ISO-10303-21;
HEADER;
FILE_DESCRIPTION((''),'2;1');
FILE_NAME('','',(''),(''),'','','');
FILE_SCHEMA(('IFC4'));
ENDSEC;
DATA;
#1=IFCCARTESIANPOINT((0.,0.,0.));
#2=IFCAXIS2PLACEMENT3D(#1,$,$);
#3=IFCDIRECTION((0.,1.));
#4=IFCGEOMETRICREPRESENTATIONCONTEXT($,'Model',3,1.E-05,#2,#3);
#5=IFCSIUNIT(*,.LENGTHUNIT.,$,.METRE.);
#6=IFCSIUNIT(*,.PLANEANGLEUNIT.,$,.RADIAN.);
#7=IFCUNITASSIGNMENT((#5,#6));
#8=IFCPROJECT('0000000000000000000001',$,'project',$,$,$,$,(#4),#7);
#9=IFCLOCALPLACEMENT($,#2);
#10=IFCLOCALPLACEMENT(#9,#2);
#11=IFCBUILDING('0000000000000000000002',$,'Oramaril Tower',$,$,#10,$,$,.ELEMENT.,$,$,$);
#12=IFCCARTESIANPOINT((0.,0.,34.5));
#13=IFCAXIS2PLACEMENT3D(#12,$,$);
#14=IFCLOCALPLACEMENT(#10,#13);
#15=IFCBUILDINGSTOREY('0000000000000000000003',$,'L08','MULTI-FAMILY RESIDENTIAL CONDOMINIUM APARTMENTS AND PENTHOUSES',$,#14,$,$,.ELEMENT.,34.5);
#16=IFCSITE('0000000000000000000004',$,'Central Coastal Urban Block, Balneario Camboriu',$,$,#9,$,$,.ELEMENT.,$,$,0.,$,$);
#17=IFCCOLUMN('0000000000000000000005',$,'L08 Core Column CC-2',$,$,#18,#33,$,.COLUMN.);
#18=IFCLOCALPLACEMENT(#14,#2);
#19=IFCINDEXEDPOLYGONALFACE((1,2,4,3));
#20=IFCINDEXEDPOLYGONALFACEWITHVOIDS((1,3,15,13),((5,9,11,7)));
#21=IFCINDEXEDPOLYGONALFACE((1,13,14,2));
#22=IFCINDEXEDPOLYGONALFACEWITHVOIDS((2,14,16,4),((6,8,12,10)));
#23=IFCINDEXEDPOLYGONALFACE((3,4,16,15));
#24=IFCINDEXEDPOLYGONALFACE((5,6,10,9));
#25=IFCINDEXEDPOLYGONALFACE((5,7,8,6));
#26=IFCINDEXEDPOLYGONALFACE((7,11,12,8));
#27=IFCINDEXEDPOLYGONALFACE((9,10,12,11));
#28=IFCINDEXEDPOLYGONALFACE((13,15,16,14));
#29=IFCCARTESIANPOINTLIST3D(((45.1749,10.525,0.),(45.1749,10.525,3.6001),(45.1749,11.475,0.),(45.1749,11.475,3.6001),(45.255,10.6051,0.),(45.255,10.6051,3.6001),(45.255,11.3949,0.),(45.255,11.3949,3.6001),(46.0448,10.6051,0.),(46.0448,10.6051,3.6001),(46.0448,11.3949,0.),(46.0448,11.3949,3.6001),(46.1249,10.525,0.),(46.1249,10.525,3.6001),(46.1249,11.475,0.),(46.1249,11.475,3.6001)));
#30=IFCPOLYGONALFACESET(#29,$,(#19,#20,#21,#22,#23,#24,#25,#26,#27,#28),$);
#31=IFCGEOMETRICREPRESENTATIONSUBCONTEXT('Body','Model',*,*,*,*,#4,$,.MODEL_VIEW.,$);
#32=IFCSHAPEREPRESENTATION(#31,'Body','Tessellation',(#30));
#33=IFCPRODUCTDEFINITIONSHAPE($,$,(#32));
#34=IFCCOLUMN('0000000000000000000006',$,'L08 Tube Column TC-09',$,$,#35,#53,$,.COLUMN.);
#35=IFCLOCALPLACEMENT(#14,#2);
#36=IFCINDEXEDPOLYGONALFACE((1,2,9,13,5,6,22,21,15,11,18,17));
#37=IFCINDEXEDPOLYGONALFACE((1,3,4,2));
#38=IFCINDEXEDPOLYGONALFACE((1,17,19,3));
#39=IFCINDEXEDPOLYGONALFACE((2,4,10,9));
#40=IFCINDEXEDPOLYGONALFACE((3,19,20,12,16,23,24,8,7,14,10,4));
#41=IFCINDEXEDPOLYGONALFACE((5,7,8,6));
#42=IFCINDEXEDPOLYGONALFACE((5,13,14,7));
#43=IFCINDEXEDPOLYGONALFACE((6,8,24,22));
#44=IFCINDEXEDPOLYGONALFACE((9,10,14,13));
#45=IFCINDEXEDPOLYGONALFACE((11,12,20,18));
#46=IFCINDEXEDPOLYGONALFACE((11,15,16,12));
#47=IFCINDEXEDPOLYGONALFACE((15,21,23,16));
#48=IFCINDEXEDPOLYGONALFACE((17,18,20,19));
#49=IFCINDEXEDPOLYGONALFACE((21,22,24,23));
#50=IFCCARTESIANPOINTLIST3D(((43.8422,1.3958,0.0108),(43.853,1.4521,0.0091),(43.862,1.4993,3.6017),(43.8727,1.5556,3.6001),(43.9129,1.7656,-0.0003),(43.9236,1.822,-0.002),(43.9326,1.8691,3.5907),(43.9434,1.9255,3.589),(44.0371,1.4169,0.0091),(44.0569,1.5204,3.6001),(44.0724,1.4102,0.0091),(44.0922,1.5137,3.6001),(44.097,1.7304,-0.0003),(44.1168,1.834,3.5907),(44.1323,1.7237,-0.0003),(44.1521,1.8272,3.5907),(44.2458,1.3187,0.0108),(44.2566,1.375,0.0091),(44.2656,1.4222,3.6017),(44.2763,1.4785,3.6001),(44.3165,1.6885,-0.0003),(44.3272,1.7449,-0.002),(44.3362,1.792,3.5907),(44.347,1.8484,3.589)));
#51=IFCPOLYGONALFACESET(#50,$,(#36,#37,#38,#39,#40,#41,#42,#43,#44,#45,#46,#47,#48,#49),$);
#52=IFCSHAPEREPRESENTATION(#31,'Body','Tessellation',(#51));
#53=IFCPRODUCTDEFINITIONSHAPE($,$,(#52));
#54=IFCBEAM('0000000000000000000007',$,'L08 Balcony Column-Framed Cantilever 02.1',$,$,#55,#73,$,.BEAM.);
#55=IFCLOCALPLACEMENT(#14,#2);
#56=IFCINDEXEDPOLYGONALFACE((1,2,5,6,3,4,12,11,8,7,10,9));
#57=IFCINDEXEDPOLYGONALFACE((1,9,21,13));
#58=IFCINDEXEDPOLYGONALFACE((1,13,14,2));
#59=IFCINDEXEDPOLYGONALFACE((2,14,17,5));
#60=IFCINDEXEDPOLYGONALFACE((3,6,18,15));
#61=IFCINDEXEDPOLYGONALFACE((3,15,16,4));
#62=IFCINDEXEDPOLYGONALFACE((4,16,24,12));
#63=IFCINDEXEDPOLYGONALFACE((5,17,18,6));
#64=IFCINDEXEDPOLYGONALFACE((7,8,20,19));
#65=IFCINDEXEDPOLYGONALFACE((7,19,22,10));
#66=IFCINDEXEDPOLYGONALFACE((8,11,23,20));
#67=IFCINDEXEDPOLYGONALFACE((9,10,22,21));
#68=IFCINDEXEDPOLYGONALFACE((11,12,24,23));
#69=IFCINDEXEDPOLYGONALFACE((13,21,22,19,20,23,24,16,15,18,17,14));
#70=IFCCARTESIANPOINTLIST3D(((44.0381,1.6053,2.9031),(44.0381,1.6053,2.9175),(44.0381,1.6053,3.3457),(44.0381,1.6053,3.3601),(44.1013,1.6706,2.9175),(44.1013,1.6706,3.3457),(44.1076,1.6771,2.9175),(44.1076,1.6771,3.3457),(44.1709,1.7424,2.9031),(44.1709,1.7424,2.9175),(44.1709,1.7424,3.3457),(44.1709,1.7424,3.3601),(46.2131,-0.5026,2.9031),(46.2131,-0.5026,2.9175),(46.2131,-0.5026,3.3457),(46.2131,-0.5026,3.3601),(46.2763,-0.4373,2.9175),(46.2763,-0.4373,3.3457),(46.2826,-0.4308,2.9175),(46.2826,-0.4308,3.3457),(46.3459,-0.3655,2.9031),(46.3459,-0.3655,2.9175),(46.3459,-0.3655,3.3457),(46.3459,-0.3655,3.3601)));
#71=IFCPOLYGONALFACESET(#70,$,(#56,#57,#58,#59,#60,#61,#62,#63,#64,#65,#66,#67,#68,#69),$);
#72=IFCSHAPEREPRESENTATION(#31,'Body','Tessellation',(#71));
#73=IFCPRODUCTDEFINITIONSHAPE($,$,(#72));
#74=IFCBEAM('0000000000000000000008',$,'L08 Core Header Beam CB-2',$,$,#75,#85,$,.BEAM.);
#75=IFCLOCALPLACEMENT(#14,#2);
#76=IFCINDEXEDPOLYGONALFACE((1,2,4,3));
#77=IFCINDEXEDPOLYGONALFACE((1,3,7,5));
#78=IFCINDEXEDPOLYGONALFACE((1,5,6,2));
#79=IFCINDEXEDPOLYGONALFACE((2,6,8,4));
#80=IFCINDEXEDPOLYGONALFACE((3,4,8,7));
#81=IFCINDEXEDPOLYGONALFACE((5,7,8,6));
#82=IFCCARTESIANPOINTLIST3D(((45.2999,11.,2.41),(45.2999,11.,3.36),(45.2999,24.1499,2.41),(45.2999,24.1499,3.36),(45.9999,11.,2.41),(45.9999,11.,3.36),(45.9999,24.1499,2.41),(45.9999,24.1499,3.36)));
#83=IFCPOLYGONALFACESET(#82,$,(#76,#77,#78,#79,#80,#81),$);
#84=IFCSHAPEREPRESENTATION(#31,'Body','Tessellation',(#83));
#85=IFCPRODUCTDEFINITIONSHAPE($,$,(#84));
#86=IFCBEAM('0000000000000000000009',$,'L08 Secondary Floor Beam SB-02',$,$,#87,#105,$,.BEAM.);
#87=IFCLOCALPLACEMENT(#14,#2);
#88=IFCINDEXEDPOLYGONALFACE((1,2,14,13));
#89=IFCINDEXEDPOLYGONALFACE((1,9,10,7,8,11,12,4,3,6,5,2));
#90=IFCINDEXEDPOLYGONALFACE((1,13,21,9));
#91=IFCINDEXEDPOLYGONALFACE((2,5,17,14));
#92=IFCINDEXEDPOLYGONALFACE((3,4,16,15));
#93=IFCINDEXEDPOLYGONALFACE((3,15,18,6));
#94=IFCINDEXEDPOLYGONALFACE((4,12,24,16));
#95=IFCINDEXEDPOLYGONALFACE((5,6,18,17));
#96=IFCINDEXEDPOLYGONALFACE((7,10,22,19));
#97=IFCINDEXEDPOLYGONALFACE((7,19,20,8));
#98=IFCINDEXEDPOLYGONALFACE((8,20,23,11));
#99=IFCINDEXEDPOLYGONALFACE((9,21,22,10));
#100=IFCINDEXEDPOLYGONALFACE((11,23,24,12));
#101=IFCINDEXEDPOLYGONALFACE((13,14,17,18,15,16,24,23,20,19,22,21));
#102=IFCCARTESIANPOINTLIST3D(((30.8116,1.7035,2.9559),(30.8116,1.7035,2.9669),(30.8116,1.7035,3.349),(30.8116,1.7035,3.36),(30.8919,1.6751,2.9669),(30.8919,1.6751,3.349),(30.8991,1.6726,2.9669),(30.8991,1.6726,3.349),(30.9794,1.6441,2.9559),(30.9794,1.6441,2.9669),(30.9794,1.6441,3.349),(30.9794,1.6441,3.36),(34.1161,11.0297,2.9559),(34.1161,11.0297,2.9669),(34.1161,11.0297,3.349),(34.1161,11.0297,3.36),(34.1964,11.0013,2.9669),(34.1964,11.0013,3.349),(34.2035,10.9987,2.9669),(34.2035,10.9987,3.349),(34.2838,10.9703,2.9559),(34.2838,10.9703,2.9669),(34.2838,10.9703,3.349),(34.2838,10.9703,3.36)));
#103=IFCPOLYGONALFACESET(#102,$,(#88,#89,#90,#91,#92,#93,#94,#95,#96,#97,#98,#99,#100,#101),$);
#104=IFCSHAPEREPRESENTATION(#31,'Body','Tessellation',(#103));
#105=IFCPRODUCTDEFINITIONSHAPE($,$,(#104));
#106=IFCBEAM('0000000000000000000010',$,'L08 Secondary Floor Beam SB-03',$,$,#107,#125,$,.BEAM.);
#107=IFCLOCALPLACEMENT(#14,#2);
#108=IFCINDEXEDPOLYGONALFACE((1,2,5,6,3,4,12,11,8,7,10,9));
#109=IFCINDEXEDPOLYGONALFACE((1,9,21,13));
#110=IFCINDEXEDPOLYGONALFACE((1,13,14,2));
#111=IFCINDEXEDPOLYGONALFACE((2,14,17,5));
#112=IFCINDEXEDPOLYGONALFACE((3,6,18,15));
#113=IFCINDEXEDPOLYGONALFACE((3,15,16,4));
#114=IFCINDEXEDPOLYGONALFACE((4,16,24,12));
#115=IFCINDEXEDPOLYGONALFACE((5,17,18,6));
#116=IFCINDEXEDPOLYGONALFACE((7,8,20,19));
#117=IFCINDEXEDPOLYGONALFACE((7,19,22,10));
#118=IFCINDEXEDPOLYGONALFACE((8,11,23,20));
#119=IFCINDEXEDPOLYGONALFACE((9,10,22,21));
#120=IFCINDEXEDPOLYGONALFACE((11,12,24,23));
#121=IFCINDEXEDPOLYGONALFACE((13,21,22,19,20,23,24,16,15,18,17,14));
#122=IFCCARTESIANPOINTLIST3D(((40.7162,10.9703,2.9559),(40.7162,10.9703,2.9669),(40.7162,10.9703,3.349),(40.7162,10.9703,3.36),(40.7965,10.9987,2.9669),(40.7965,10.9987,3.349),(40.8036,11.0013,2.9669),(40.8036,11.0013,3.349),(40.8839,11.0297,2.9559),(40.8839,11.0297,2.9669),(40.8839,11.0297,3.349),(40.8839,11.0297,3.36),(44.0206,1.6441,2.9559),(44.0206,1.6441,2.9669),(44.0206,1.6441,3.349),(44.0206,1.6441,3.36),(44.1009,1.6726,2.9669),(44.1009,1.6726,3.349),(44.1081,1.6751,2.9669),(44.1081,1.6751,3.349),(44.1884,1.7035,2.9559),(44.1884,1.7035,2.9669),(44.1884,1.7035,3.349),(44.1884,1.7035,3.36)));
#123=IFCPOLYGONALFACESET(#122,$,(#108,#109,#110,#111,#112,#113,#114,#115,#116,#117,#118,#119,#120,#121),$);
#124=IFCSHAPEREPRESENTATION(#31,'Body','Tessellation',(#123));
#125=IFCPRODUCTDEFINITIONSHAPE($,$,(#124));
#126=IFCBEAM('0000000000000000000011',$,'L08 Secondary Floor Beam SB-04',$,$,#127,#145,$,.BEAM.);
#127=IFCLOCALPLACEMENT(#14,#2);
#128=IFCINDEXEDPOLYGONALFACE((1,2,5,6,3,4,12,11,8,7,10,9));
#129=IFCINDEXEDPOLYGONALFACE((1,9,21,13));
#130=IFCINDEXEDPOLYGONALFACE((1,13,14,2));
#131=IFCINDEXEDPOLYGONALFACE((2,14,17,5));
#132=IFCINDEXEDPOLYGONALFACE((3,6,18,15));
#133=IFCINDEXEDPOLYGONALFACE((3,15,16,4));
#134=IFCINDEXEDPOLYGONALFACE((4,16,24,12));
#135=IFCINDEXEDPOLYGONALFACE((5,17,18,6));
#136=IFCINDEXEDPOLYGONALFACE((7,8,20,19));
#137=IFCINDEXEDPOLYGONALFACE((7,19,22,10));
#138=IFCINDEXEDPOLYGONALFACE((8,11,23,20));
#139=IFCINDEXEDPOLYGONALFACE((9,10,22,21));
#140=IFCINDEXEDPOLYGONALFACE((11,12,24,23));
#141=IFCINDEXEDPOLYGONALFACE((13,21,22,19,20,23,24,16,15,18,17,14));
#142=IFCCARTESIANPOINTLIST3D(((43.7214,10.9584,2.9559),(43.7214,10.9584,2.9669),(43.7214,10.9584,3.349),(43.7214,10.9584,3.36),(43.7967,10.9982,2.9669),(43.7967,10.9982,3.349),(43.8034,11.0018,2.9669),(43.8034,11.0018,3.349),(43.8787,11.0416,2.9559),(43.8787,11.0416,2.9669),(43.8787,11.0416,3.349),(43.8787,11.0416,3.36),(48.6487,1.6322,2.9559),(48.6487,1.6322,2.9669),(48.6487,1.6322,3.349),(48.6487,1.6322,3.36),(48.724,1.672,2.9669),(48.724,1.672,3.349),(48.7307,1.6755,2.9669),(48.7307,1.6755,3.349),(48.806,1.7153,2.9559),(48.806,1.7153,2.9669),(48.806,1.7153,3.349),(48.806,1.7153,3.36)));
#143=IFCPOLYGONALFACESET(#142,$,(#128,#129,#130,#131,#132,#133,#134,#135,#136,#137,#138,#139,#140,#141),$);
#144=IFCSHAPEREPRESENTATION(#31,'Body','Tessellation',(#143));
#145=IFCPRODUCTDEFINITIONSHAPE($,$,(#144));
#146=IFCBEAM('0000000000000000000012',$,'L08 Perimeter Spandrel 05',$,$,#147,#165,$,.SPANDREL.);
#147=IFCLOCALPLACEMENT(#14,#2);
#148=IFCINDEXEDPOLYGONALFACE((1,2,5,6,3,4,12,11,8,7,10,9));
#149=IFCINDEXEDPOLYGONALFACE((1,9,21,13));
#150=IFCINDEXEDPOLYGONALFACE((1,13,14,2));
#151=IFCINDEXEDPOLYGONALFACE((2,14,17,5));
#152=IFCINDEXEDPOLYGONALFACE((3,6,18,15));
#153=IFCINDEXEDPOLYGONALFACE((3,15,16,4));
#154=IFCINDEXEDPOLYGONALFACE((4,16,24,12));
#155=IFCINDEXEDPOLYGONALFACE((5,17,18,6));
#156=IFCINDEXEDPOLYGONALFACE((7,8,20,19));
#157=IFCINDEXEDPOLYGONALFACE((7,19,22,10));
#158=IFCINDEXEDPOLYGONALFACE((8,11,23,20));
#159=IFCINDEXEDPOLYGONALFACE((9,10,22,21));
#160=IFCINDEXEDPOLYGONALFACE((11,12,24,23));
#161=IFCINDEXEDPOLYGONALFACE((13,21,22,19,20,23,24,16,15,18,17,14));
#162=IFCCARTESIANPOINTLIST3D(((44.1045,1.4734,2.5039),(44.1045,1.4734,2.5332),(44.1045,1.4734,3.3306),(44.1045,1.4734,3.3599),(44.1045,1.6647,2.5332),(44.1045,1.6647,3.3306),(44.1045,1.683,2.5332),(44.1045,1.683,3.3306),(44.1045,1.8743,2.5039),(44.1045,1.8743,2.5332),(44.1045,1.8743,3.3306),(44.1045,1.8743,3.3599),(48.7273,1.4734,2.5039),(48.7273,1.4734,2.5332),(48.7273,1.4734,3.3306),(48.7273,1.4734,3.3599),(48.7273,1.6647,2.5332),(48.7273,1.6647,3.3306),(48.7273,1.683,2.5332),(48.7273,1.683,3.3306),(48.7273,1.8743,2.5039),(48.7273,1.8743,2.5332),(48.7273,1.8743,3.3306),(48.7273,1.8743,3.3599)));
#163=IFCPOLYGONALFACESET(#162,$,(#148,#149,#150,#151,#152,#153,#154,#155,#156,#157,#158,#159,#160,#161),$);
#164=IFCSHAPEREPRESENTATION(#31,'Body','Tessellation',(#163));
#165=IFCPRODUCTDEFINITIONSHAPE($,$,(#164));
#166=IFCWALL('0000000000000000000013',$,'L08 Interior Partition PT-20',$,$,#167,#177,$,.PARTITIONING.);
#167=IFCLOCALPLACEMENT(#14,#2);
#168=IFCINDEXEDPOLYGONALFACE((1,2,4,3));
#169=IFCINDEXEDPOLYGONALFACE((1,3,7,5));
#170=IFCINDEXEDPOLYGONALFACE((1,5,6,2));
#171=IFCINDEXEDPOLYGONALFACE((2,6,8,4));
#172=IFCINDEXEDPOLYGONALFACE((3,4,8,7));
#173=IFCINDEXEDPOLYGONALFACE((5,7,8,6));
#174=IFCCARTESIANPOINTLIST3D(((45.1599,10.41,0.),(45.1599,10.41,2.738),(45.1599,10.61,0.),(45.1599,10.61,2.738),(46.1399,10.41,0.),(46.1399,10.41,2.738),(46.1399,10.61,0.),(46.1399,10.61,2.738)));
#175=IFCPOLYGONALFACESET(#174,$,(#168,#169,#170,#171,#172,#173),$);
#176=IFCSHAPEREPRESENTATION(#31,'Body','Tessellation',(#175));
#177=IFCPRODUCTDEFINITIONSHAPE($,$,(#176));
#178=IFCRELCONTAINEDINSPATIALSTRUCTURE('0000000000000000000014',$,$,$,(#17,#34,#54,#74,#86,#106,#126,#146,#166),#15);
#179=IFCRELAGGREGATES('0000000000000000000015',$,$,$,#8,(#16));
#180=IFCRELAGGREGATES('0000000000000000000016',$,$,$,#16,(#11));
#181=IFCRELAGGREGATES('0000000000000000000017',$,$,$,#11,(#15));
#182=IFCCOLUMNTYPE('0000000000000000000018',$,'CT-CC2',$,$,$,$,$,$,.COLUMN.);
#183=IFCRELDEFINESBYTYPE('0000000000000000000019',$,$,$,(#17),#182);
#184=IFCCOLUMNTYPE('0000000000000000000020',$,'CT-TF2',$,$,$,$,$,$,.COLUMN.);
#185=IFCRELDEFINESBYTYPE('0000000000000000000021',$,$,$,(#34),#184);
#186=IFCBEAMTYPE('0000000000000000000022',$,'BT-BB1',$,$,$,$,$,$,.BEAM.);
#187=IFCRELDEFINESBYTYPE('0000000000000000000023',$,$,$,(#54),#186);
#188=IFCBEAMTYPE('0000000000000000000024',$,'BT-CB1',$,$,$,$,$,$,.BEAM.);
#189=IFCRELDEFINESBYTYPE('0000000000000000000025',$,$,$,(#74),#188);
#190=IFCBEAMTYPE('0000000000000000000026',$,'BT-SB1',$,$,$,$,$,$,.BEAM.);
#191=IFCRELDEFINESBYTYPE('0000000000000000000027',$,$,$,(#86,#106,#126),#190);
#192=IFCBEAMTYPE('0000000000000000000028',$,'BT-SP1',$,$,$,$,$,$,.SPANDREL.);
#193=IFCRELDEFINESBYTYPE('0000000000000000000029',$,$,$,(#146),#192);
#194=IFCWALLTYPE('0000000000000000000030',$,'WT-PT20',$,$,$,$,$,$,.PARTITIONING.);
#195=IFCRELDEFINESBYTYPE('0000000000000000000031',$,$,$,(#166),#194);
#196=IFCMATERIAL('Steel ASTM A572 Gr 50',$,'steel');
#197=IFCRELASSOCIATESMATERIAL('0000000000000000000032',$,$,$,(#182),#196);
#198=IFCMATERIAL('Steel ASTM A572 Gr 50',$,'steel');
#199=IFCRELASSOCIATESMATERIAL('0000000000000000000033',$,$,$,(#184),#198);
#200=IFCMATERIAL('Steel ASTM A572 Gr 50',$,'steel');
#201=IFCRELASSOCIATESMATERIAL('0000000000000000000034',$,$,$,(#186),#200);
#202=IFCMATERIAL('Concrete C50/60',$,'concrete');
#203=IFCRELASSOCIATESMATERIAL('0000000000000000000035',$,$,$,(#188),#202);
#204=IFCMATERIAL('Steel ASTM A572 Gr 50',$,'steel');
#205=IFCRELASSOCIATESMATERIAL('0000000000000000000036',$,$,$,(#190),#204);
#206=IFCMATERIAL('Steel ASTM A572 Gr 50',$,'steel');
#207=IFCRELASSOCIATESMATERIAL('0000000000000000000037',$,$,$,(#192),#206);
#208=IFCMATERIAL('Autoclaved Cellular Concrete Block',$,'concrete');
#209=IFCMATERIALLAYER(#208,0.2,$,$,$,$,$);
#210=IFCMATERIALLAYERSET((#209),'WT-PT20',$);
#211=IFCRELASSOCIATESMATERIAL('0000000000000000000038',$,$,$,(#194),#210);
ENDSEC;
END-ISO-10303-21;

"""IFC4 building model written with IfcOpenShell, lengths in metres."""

from ifc_helpers import new_model, si_unit, direction, frame, frame_2d, origin, origin_2d, place, context, subcontext, project, spatial, rectangle, hollow_rectangle, i_section, extrude, material, layer, layer_set, material_profile, profile_set, type_object, element, save


model = new_model("IFC4")

# Units and contexts
model_context = context("Model", 3, precision=1e-05, world=origin(), true_north=direction((0.0, 1.0)))
body_context = subcontext(model_context, "Body", "Model", "MODEL_VIEW")
ifc_project = project(units=[si_unit("LENGTHUNIT", "METRE"), si_unit("PLANEANGLEUNIT", "RADIAN")], contexts=[model_context])

# Site, building, storey
site_placement = place(None, origin())
site = spatial("IfcSite", under=ifc_project, at=site_placement, Name="Central Coastal Urban Block, Balneario Camboriu", CompositionType="ELEMENT", RefElevation=0.0)
building_placement = place(site_placement, origin())
building = spatial("IfcBuilding", under=site, at=building_placement, Name="Oramaril Tower", CompositionType="ELEMENT")
storey_placement = place(building_placement, frame((0.0, 0.0, 34.5)))
storey = spatial("IfcBuildingStorey", under=building, at=storey_placement, Name="L08", Description="MULTI-FAMILY RESIDENTIAL CONDOMINIUM APARTMENTS AND PENTHOUSES", CompositionType="ELEMENT", Elevation=34.5)

# Columns
ifc_material_1 = material(Name="Steel ASTM A572 Gr 50", Category="steel")
ifc_material_profile_1 = material_profile(ifc_material_1, hollow_rectangle(XDim=0.95, YDim=0.95, WallThickness=0.0801, at=origin_2d()), Name="BOX950X950X80")
ifc_profile_set_1 = profile_set([ifc_material_profile_1], Name="Steel ASTM A572 Gr 50")
column_type_1 = type_object("IfcColumnType", Name="CT-CC2", PredefinedType="COLUMN", material=ifc_profile_set_1)
column_1_placement = place(storey_placement, frame((45.6499, 11.0, 0.0), z_axis=(0.0, 0.0, 1.0), x_axis=(1.0, 0.0, 0.0)))
element("IfcColumn", 1, at=column_1_placement, inside=storey, type_object=column_type_1, Name="L08 Core Column CC-2", PredefinedType="COLUMN", context=body_context, shape_type="SweptSolid", body=[
    extrude(hollow_rectangle(XDim=0.95, YDim=0.95, WallThickness=0.0801, at=origin_2d()), origin(), (0.0, 0.0, 1.0), 3.6001),
])
ifc_material_2 = material(Name="Steel ASTM A572 Gr 50", Category="steel")
ifc_material_profile_2 = material_profile(ifc_material_2, i_section(OverallWidth=0.4109, OverallDepth=0.4341, WebThickness=0.0359, FlangeThickness=0.0574, at=origin_2d()), Name="W14X311")
ifc_profile_set_2 = profile_set([ifc_material_profile_2], Name="Steel ASTM A572 Gr 50")
column_type_2 = type_object("IfcColumnType", Name="CT-TF2", PredefinedType="COLUMN", material=ifc_profile_set_2)
column_2_placement = place(storey_placement, frame((44.0847, 1.5703, 0.0044), z_axis=(0.005504, 0.028813, 0.99957), x_axis=(-0.982237, 0.187644, 0.0)))
element("IfcColumn", 2, at=column_2_placement, inside=storey, type_object=column_type_2, Name="L08 Tube Column TC-09", PredefinedType="COLUMN", context=body_context, shape_type="SweptSolid", body=[
    extrude(i_section(OverallWidth=0.4109, OverallDepth=0.4341, WebThickness=0.0359, FlangeThickness=0.0574, at=origin_2d()), origin(), (0.0, 0.0, 1.0), 3.5925),
])

# Beams
ifc_material_3 = material(Name="Steel ASTM A572 Gr 50", Category="steel")
ifc_material_profile_3 = material_profile(ifc_material_3, i_section(OverallWidth=0.1909, OverallDepth=0.457, WebThickness=0.009, FlangeThickness=0.0144, at=origin_2d()), Name="W18X50")
ifc_profile_set_3 = profile_set([ifc_material_profile_3], Name="Steel ASTM A572 Gr 50")
beam_type_1 = type_object("IfcBeamType", Name="BT-BB1", PredefinedType="BEAM", material=ifc_profile_set_3)
beam_1_placement = place(storey_placement, frame((44.1045, 1.6738, 3.1316), z_axis=(0.718103, -0.695937, 0.0), x_axis=(0.695937, 0.718103, 0.0)))
element("IfcBeam", 3, at=beam_1_placement, inside=storey, type_object=beam_type_1, Name="L08 Balcony Column-Framed Cantilever 02.1", PredefinedType="BEAM", context=body_context, shape_type="SweptSolid", body=[
    extrude(i_section(OverallWidth=0.1909, OverallDepth=0.457, WebThickness=0.009, FlangeThickness=0.0144, at=origin_2d()), origin(), (0.0, 0.0, 1.0), 3.0288),
])
ifc_material_4 = material(Name="Concrete C50/60", Category="concrete")
ifc_material_profile_4 = material_profile(ifc_material_4, rectangle(XDim=0.7, YDim=0.95, at=origin_2d()), Name="CB700X950")
ifc_profile_set_4 = profile_set([ifc_material_profile_4], Name="Concrete C50/60")
beam_type_2 = type_object("IfcBeamType", Name="BT-CB1", PredefinedType="BEAM", material=ifc_profile_set_4)
beam_2_placement = place(storey_placement, frame((45.6499, 11.0, 2.885), z_axis=(0.0, 1.0, 0.0), x_axis=(-1.0, 0.0, 0.0)))
element("IfcBeam", 4, at=beam_2_placement, inside=storey, type_object=beam_type_2, Name="L08 Core Header Beam CB-2", PredefinedType="BEAM", context=body_context, shape_type="SweptSolid", body=[
    extrude(rectangle(XDim=0.7, YDim=0.95, at=origin_2d()), origin(), (0.0, 0.0, 1.0), 13.1499),
])
ifc_material_5 = material(Name="Steel ASTM A572 Gr 50", Category="steel")
ifc_material_profile_5 = material_profile(ifc_material_5, i_section(OverallWidth=0.178, OverallDepth=0.4041, WebThickness=0.0076, FlangeThickness=0.011, at=origin_2d()), Name="W16X36")
ifc_profile_set_5 = profile_set([ifc_material_profile_5], Name="Steel ASTM A572 Gr 50")
beam_type_3 = type_object("IfcBeamType", Name="BT-SB1", PredefinedType="BEAM", material=ifc_profile_set_5)
for number, where, z_axis, x_axis, name in (
    (5, (34.2, 11.0, 3.158), (-0.333975, -0.942582, 0.0), (0.942582, -0.333975, 0.0), "L08 Secondary Floor Beam SB-02"),
    (6, (40.8, 11.0, 3.158), (0.333975, -0.942582, 0.0), (0.942582, 0.333975, 0.0), "L08 Secondary Floor Beam SB-03"),
):
    element("IfcBeam", number, at=place(storey_placement, frame(where, z_axis=z_axis, x_axis=x_axis)), inside=storey, type_object=beam_type_3, Name=name, PredefinedType="BEAM", context=body_context, shape_type="SweptSolid", body=[
        extrude(i_section(OverallWidth=0.178, OverallDepth=0.4041, WebThickness=0.0076, FlangeThickness=0.011, at=origin_2d()), origin(), (0.0, 0.0, 1.0), 9.8943),
    ])
beam_3_placement = place(storey_placement, frame((43.8, 11.0, 3.158), z_axis=(0.467137, -0.884185, 0.0), x_axis=(0.884185, 0.467137, 0.0)))
element("IfcBeam", 7, at=beam_3_placement, inside=storey, type_object=beam_type_3, Name="L08 Secondary Floor Beam SB-04", PredefinedType="BEAM", context=body_context, shape_type="SweptSolid", body=[
    extrude(i_section(OverallWidth=0.178, OverallDepth=0.4041, WebThickness=0.0076, FlangeThickness=0.011, at=origin_2d()), origin(), (0.0, 0.0, 1.0), 10.5479),
])
ifc_material_6 = material(Name="Steel ASTM A572 Gr 50", Category="steel")
ifc_material_profile_6 = material_profile(ifc_material_6, i_section(OverallWidth=0.4009, OverallDepth=0.856, WebThickness=0.0183, FlangeThickness=0.0293, at=origin_2d()), Name="W33X201")
ifc_profile_set_6 = profile_set([ifc_material_profile_6], Name="Steel ASTM A572 Gr 50")
beam_type_4 = type_object("IfcBeamType", Name="BT-SP1", PredefinedType="SPANDREL", material=ifc_profile_set_6)
beam_4_placement = place(storey_placement, frame((44.1045, 1.6738, 2.9319), z_axis=(1.0, 0.0, 0.0), x_axis=(0.0, 1.0, 0.0)))
element("IfcBeam", 8, at=beam_4_placement, inside=storey, type_object=beam_type_4, Name="L08 Perimeter Spandrel 05", PredefinedType="SPANDREL", context=body_context, shape_type="SweptSolid", body=[
    extrude(i_section(OverallWidth=0.4009, OverallDepth=0.856, WebThickness=0.0183, FlangeThickness=0.0293, at=origin_2d()), origin(), (0.0, 0.0, 1.0), 4.6228),
])

# Wall
ifc_material_7 = material(Name="Autoclaved Cellular Concrete Block", Category="concrete")
ifc_layer_1 = layer(ifc_material_7, 0.2)
ifc_layer_set_1 = layer_set([ifc_layer_1], Name="WT-PT20")
wall_type_1 = type_object("IfcWallType", Name="WT-PT20", PredefinedType="PARTITIONING", material=ifc_layer_set_1)
wall_1_placement = place(storey_placement, frame((45.1599, 10.51, 0.0), z_axis=(0.0, 0.0, 1.0), x_axis=(1.0, 0.0, 0.0)))
element("IfcWall", 9, at=wall_1_placement, inside=storey, type_object=wall_type_1, Name="L08 Interior Partition PT-20", PredefinedType="PARTITIONING", context=body_context, shape_type="SweptSolid", body=[
    extrude(rectangle(XDim=0.98, YDim=0.2, at=frame_2d((0.49, 0.0))), origin(), (0.0, 0.0, 1.0), 2.738),
])

save(model, "model.ifc")
